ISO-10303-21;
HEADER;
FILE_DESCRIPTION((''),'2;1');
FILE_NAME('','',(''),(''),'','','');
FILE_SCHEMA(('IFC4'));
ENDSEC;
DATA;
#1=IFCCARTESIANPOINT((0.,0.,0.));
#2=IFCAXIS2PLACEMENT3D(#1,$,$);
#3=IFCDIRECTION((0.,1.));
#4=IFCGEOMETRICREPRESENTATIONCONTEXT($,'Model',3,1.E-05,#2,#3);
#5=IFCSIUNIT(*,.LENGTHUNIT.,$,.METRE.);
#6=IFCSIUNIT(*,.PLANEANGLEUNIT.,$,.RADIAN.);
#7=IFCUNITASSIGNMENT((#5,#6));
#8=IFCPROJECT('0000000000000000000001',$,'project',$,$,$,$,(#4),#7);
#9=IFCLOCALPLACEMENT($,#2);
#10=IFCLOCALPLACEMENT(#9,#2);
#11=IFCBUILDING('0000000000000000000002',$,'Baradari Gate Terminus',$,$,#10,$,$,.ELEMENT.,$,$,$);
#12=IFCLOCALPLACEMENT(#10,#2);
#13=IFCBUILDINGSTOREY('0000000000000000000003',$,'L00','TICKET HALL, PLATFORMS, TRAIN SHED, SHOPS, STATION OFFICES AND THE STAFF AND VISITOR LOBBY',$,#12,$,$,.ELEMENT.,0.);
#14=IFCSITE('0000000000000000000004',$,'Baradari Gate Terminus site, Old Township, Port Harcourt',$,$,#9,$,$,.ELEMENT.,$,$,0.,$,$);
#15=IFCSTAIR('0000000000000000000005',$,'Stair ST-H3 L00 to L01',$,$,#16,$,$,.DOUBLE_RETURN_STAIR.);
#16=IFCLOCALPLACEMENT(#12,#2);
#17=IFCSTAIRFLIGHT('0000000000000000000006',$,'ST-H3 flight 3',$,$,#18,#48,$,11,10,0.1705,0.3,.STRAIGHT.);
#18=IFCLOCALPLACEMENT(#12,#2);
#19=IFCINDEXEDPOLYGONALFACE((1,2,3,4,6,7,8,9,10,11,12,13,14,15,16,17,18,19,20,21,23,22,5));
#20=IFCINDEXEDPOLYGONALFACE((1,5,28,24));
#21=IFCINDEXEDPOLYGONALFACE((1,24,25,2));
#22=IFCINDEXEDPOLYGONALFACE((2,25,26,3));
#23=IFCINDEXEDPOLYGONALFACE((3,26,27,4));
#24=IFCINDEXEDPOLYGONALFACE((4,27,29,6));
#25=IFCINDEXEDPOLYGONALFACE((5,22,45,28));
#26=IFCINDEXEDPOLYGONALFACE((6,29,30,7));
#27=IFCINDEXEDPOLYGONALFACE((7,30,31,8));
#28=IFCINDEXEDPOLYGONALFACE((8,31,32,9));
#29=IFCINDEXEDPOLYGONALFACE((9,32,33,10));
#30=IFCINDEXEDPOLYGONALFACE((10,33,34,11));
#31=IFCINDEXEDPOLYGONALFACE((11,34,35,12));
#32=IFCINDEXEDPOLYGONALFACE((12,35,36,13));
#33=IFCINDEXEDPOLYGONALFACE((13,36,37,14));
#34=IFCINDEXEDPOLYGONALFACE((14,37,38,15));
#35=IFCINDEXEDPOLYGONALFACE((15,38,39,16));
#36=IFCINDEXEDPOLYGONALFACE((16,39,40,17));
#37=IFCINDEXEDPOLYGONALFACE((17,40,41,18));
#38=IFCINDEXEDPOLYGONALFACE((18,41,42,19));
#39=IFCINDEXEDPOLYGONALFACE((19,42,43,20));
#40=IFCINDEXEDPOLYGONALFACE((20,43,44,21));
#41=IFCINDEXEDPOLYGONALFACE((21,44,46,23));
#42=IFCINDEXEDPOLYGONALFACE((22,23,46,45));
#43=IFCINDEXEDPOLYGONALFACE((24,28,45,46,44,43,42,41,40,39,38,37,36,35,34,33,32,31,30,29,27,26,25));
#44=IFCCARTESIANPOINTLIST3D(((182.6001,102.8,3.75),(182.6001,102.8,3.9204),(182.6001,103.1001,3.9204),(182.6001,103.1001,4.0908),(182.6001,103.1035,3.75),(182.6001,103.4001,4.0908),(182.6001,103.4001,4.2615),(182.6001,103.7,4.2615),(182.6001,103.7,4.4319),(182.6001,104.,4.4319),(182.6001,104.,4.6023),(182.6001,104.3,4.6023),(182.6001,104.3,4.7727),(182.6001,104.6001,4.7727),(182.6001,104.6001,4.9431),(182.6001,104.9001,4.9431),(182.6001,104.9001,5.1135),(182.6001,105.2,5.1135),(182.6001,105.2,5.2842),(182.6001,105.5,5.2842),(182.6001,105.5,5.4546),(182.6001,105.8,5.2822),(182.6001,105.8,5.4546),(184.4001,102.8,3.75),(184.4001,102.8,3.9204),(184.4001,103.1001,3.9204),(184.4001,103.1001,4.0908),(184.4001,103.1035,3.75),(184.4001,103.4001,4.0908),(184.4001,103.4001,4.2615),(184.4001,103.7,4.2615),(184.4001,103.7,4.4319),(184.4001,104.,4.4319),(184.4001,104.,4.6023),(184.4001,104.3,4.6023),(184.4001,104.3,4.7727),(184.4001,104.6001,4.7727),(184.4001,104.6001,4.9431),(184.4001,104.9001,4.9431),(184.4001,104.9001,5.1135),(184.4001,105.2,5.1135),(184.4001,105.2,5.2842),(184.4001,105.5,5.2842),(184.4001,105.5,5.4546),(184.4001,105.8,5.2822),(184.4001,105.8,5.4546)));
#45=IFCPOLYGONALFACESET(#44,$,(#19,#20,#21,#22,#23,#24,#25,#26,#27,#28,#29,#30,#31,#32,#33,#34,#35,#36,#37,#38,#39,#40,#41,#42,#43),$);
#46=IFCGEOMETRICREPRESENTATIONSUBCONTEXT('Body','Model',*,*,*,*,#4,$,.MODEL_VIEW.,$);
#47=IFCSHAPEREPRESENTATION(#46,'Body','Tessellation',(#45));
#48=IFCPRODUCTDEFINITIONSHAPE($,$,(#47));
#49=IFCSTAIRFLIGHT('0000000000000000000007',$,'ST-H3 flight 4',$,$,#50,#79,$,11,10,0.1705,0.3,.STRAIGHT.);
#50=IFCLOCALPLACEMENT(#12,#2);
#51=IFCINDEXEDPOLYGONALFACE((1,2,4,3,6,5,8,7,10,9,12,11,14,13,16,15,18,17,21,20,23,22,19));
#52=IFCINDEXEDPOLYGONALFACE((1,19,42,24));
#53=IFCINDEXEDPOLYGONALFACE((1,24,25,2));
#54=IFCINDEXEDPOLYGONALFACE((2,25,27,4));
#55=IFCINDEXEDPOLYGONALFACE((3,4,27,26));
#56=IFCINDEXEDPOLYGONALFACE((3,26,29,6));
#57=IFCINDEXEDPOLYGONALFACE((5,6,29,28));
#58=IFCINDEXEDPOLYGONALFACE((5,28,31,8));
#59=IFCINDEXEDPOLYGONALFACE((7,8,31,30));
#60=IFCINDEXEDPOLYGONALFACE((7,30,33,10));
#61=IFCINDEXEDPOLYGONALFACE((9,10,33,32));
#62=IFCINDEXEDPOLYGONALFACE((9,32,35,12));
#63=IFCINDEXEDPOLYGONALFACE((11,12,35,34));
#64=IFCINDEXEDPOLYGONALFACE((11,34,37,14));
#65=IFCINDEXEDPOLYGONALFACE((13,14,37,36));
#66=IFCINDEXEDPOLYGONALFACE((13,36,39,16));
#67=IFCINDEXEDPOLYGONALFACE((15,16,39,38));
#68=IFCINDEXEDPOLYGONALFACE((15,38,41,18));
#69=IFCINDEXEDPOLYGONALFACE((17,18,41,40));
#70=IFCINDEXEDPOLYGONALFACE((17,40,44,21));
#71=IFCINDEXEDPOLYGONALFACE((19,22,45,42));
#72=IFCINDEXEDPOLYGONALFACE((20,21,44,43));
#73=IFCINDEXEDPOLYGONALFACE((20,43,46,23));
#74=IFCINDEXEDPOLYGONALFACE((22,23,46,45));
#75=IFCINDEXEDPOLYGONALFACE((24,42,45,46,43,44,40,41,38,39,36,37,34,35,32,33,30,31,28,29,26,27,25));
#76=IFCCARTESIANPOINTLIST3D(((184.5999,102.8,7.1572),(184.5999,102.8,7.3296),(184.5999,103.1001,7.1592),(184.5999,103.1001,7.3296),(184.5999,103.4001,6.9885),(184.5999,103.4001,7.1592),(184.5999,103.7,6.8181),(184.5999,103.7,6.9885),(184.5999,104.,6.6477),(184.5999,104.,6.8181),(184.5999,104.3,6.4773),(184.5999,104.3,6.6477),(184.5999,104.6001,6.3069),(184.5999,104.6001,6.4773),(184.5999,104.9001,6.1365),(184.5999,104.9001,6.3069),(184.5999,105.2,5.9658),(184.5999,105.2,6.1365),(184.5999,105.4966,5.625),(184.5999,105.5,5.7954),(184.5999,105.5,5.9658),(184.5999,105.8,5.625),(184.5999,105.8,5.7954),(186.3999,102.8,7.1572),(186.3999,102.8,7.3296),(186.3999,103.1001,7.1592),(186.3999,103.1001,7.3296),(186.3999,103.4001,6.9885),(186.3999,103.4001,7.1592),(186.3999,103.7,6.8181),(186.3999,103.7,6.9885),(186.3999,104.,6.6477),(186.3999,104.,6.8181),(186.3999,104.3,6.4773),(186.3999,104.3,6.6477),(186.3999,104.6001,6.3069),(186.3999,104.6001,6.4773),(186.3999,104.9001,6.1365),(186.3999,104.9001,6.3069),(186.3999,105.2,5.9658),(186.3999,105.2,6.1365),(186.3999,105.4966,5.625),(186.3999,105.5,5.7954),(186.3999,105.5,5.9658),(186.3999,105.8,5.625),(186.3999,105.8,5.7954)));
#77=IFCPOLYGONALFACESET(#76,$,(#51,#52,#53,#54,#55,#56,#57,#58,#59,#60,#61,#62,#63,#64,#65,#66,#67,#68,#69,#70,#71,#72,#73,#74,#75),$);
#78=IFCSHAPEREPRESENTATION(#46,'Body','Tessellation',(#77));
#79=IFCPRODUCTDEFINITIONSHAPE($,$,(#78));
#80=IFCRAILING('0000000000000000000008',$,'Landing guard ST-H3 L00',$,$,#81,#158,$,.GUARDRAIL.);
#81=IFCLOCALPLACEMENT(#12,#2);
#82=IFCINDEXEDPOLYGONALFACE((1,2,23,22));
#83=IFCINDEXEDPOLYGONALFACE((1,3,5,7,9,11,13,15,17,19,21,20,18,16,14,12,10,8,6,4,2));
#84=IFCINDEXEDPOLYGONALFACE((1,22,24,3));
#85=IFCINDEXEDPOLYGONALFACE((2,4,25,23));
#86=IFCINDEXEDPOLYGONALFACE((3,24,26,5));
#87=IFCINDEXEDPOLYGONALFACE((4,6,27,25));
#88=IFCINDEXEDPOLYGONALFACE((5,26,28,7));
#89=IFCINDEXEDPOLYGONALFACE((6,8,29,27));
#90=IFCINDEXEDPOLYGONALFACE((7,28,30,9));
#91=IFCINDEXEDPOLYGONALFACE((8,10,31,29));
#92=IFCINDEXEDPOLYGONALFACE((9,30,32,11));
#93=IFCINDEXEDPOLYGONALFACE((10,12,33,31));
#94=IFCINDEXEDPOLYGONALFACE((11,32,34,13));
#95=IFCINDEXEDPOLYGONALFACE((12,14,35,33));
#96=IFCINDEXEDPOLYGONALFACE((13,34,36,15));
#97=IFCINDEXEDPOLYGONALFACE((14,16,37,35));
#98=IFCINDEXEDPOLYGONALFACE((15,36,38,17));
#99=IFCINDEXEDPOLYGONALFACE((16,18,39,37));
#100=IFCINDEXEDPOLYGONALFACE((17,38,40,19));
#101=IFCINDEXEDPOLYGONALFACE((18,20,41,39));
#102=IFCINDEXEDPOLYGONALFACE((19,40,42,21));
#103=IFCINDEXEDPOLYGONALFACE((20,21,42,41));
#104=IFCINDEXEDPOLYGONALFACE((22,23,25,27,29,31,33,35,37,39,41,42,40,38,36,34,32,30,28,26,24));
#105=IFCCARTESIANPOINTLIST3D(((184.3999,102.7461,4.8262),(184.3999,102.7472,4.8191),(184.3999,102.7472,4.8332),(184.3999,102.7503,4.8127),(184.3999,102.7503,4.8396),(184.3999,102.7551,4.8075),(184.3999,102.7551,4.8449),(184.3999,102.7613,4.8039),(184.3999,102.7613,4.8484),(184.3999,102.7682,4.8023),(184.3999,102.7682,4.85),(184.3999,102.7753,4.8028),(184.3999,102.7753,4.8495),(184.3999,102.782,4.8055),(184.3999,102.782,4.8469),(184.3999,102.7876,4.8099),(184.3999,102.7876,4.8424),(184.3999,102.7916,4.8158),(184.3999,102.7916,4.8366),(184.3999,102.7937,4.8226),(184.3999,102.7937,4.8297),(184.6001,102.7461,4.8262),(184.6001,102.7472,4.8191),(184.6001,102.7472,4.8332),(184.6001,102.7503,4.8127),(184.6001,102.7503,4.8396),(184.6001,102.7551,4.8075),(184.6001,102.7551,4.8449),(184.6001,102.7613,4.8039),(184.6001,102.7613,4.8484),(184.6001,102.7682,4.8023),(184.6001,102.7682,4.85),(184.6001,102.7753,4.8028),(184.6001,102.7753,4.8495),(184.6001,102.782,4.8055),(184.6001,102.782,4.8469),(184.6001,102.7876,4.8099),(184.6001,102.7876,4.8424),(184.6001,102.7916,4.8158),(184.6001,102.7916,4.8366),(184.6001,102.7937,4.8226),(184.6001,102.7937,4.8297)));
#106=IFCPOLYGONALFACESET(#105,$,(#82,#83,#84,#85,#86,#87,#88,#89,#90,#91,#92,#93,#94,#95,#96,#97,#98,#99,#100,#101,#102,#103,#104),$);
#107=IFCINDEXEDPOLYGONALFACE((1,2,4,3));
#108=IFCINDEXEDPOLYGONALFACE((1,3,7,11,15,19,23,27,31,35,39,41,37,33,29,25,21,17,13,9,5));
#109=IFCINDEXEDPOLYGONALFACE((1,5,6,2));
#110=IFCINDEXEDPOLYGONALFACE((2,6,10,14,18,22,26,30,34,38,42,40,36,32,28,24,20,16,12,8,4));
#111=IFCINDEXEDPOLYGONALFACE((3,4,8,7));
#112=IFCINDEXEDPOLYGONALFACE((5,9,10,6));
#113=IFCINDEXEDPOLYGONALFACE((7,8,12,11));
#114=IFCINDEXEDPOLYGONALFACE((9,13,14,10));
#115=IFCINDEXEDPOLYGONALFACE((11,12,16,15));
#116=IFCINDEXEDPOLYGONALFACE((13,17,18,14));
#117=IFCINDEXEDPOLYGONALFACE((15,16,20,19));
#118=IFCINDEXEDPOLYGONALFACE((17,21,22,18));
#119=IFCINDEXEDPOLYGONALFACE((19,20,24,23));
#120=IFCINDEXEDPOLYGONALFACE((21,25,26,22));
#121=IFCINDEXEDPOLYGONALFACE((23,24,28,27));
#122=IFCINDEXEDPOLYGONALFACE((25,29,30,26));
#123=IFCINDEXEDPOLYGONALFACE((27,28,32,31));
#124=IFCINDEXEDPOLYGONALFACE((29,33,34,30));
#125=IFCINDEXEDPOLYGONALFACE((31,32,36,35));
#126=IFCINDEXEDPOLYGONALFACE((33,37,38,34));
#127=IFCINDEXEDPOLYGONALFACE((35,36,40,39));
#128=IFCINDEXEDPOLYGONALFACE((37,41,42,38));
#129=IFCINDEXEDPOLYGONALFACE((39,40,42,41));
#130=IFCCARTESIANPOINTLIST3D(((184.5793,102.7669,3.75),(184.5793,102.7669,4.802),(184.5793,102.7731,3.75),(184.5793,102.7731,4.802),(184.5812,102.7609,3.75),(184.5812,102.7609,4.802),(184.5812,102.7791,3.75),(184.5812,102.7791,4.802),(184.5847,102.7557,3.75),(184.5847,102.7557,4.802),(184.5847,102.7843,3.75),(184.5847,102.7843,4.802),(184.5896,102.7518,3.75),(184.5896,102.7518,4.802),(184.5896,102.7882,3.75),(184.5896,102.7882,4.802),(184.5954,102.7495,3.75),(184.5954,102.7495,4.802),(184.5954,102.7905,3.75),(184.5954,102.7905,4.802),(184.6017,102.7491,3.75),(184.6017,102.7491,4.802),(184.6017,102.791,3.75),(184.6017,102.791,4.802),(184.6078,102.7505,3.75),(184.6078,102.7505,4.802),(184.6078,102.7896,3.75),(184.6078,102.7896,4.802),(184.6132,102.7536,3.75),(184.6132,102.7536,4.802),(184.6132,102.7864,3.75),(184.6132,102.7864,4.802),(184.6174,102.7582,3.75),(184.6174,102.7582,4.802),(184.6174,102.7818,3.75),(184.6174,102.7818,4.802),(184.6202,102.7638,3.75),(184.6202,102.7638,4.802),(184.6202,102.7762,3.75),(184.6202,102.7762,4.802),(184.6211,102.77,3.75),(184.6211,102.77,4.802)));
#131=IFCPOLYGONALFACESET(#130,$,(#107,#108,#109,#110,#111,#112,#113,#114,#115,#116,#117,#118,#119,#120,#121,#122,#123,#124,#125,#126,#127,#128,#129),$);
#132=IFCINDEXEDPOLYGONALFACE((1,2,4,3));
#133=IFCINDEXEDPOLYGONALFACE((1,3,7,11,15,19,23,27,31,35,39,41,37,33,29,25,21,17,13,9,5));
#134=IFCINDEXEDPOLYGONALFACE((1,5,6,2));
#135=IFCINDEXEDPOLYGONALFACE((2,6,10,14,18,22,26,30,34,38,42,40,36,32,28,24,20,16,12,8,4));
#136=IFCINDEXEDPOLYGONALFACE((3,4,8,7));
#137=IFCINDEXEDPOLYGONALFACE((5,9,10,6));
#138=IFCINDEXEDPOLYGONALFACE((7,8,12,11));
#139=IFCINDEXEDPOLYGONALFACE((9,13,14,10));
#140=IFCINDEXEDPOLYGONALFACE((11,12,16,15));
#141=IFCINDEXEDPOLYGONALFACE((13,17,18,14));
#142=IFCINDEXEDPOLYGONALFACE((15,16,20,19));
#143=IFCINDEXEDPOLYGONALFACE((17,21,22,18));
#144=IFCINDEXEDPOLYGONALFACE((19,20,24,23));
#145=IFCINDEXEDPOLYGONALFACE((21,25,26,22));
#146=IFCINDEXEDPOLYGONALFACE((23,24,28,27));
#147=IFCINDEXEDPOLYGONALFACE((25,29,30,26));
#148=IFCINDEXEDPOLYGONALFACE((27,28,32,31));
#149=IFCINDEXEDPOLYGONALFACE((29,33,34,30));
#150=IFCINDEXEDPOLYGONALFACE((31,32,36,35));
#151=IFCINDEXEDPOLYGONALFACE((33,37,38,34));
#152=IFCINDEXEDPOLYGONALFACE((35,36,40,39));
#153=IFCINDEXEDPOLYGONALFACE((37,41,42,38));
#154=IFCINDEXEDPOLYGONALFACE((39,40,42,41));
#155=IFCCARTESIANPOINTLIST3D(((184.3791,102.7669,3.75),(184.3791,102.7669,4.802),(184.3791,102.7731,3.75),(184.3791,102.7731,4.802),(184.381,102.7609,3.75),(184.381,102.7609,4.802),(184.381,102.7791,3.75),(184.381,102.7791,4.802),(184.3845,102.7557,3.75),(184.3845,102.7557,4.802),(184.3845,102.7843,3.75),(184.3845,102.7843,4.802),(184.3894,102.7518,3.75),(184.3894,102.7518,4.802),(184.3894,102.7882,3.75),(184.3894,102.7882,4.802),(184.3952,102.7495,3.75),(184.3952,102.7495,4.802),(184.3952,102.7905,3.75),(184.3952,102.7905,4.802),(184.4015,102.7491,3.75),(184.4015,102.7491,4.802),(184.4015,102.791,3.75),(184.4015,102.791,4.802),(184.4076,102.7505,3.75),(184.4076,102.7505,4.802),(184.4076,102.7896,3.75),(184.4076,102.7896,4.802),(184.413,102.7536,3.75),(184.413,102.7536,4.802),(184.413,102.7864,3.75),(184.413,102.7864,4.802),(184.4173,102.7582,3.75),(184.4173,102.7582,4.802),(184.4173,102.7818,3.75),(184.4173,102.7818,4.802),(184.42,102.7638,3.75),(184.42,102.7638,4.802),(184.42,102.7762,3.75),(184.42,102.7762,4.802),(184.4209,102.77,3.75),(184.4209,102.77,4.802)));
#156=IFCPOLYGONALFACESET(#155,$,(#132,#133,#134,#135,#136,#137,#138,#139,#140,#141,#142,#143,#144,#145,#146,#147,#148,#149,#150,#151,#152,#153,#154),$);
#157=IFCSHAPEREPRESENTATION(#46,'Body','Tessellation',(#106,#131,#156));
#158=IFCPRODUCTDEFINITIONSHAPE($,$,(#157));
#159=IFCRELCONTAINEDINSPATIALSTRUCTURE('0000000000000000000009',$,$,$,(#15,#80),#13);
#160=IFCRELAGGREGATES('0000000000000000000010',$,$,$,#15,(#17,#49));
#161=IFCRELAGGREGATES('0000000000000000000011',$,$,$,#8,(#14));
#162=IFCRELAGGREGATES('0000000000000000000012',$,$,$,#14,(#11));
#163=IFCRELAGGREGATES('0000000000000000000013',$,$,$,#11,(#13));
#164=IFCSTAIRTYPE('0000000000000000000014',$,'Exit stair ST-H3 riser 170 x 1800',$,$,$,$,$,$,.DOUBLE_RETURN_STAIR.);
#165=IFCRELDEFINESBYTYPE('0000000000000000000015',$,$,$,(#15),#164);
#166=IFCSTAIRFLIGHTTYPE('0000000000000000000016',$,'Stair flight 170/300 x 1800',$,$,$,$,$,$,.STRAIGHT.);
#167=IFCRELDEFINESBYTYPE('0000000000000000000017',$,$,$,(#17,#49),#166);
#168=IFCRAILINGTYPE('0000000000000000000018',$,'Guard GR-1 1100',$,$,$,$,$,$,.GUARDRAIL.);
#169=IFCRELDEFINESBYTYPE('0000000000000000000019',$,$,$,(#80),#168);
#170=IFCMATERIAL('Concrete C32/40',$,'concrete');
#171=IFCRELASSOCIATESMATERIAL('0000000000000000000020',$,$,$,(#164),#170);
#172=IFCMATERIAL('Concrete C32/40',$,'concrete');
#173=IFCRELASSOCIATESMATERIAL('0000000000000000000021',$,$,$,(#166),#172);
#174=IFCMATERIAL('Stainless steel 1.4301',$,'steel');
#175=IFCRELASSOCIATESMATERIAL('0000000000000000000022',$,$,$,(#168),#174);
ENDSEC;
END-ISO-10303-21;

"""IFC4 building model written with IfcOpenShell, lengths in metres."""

from ifc_helpers import new_model, si_unit, direction, frame, origin, origin_2d, place, context, subcontext, project, spatial, polyline, circle, outline, extrude, material, type_object, element, aggregate, save


model = new_model("IFC4")

# Units and contexts
model_context = context("Model", 3, precision=1e-05, world=origin(), true_north=direction((0.0, 1.0)))
body_context = subcontext(model_context, "Body", "Model", "MODEL_VIEW")
ifc_project = project(units=[si_unit("LENGTHUNIT", "METRE"), si_unit("PLANEANGLEUNIT", "RADIAN")], contexts=[model_context])

# Site, building, storey
site_placement = place(None, origin())
site = spatial("IfcSite", under=ifc_project, at=site_placement, Name="Baradari Gate Terminus site, Old Township, Port Harcourt", CompositionType="ELEMENT", RefElevation=0.0)
building_placement = place(site_placement, origin())
building = spatial("IfcBuilding", under=site, at=building_placement, Name="Baradari Gate Terminus", CompositionType="ELEMENT")
storey_placement = place(building_placement, origin())
storey = spatial("IfcBuildingStorey", under=building, at=storey_placement, Name="L00", Description="TICKET HALL, PLATFORMS, TRAIN SHED, SHOPS, STATION OFFICES AND THE STAFF AND VISITOR LOBBY", CompositionType="ELEMENT", Elevation=0.0)

# Stair, stair flights
ifc_material_1 = material(Name="Concrete C32/40", Category="concrete")
stair_type = type_object("IfcStairType", Name="Exit stair ST-H3 riser 170 x 1800", PredefinedType="DOUBLE_RETURN_STAIR", material=ifc_material_1)
stair_placement = place(storey_placement, origin())
stair = element("IfcStair", 1, at=stair_placement, inside=storey, type_object=stair_type, Name="Stair ST-H3 L00 to L01", PredefinedType="DOUBLE_RETURN_STAIR")
ifc_material_2 = material(Name="Concrete C32/40", Category="concrete")
stair_flight_type = type_object("IfcStairFlightType", Name="Stair flight 170/300 x 1800", PredefinedType="STRAIGHT", material=ifc_material_2)
stair_flight_1_placement = place(storey_placement, frame((183.5, 102.8, 3.75), z_axis=(0.0, 0.0, 1.0), x_axis=(0.0, 1.0, 0.0)))
stair_flight_1 = element("IfcStairFlight", 2, at=stair_flight_1_placement, type_object=stair_flight_type, Name="ST-H3 flight 3", NumberOfRisers=11, NumberOfTreads=10, PredefinedType="STRAIGHT", RiserHeight=0.1705, TreadLength=0.3, context=body_context, shape_type="SweptSolid", body=[
    extrude(outline(polyline([(0.0, 0.0), (0.0, 0.1704), (0.3, 0.1704), (0.3, 0.3408), (0.6001, 0.3408), (0.6001, 0.5115), (0.8999, 0.5115), (0.8999, 0.6819), (1.2, 0.6819), (1.2, 0.8523), (1.5, 0.8523), (1.5, 1.0227), (1.8, 1.0227), (1.8, 1.1931), (2.1001, 1.1931), (2.1001, 1.3635), (2.3999, 1.3635), (2.3999, 1.5342), (2.7, 1.5342), (2.7, 1.7046), (3.0, 1.7046), (3.0, 1.875), (3.0, 1.5322), (0.3035, 0.0), (0.0, 0.0)])), frame((0.0, 0.8999, 0.0), z_axis=(0.0, -1.0, 0.0), x_axis=(1.0, 0.0, 0.0)), (0.0, 0.0, 1.0), 1.8),
])
stair_flight_2_placement = place(storey_placement, frame((185.5, 105.8, 5.625), z_axis=(0.0, 0.0, 1.0), x_axis=(0.0, -1.0, 0.0)))
stair_flight_2 = element("IfcStairFlight", 3, at=stair_flight_2_placement, type_object=stair_flight_type, Name="ST-H3 flight 4", NumberOfRisers=11, NumberOfTreads=10, PredefinedType="STRAIGHT", RiserHeight=0.1705, TreadLength=0.3, context=body_context, shape_type="SweptSolid", body=[
    extrude(outline(polyline([(0.0, 0.0), (0.0, 0.1704), (0.3, 0.1704), (0.3, 0.3408), (0.6001, 0.3408), (0.6001, 0.5115), (0.8999, 0.5115), (0.8999, 0.6819), (1.2, 0.6819), (1.2, 0.8523), (1.5, 0.8523), (1.5, 1.0227), (1.8, 1.0227), (1.8, 1.1931), (2.1001, 1.1931), (2.1001, 1.3635), (2.3999, 1.3635), (2.3999, 1.5342), (2.7, 1.5342), (2.7, 1.7046), (3.0, 1.7046), (3.0, 1.875), (3.0, 1.5322), (0.3035, 0.0), (0.0, 0.0)])), frame((0.0, 0.8999, 0.0), z_axis=(0.0, -1.0, 0.0), x_axis=(1.0, 0.0, 0.0)), (0.0, 0.0, 1.0), 1.8),
])
aggregate(stair, [stair_flight_1, stair_flight_2])

# Railing
ifc_material_3 = material(Name="Stainless steel 1.4301", Category="steel")
railing_type_1 = type_object("IfcRailingType", Name="Guard GR-1 1100", PredefinedType="GUARDRAIL", material=ifc_material_3)
railing_placement = place(storey_placement, frame((184.6001, 102.77, 3.75)))
element("IfcRailing", 4, at=railing_placement, inside=storey, type_object=railing_type_1, Name="Landing guard ST-H3 L00", PredefinedType="GUARDRAIL", context=body_context, shape_type="SweptSolid", body=[
    extrude(circle(Radius=0.0239, at=origin_2d()), frame((0.0, 0.0, 1.0762), z_axis=(-1.0, 0.0, 0.0), x_axis=(0.0, -1.0, 0.0)), (0.0, 0.0, 1.0), 0.2002),
    extrude(circle(Radius=0.021, at=origin_2d()), origin(), (0.0, 0.0, 1.0), 1.052),
    extrude(circle(Radius=0.021, at=origin_2d()), frame((-0.2002, 0.0, 0.0)), (0.0, 0.0, 1.0), 1.052),
])

save(model, "model.ifc")
